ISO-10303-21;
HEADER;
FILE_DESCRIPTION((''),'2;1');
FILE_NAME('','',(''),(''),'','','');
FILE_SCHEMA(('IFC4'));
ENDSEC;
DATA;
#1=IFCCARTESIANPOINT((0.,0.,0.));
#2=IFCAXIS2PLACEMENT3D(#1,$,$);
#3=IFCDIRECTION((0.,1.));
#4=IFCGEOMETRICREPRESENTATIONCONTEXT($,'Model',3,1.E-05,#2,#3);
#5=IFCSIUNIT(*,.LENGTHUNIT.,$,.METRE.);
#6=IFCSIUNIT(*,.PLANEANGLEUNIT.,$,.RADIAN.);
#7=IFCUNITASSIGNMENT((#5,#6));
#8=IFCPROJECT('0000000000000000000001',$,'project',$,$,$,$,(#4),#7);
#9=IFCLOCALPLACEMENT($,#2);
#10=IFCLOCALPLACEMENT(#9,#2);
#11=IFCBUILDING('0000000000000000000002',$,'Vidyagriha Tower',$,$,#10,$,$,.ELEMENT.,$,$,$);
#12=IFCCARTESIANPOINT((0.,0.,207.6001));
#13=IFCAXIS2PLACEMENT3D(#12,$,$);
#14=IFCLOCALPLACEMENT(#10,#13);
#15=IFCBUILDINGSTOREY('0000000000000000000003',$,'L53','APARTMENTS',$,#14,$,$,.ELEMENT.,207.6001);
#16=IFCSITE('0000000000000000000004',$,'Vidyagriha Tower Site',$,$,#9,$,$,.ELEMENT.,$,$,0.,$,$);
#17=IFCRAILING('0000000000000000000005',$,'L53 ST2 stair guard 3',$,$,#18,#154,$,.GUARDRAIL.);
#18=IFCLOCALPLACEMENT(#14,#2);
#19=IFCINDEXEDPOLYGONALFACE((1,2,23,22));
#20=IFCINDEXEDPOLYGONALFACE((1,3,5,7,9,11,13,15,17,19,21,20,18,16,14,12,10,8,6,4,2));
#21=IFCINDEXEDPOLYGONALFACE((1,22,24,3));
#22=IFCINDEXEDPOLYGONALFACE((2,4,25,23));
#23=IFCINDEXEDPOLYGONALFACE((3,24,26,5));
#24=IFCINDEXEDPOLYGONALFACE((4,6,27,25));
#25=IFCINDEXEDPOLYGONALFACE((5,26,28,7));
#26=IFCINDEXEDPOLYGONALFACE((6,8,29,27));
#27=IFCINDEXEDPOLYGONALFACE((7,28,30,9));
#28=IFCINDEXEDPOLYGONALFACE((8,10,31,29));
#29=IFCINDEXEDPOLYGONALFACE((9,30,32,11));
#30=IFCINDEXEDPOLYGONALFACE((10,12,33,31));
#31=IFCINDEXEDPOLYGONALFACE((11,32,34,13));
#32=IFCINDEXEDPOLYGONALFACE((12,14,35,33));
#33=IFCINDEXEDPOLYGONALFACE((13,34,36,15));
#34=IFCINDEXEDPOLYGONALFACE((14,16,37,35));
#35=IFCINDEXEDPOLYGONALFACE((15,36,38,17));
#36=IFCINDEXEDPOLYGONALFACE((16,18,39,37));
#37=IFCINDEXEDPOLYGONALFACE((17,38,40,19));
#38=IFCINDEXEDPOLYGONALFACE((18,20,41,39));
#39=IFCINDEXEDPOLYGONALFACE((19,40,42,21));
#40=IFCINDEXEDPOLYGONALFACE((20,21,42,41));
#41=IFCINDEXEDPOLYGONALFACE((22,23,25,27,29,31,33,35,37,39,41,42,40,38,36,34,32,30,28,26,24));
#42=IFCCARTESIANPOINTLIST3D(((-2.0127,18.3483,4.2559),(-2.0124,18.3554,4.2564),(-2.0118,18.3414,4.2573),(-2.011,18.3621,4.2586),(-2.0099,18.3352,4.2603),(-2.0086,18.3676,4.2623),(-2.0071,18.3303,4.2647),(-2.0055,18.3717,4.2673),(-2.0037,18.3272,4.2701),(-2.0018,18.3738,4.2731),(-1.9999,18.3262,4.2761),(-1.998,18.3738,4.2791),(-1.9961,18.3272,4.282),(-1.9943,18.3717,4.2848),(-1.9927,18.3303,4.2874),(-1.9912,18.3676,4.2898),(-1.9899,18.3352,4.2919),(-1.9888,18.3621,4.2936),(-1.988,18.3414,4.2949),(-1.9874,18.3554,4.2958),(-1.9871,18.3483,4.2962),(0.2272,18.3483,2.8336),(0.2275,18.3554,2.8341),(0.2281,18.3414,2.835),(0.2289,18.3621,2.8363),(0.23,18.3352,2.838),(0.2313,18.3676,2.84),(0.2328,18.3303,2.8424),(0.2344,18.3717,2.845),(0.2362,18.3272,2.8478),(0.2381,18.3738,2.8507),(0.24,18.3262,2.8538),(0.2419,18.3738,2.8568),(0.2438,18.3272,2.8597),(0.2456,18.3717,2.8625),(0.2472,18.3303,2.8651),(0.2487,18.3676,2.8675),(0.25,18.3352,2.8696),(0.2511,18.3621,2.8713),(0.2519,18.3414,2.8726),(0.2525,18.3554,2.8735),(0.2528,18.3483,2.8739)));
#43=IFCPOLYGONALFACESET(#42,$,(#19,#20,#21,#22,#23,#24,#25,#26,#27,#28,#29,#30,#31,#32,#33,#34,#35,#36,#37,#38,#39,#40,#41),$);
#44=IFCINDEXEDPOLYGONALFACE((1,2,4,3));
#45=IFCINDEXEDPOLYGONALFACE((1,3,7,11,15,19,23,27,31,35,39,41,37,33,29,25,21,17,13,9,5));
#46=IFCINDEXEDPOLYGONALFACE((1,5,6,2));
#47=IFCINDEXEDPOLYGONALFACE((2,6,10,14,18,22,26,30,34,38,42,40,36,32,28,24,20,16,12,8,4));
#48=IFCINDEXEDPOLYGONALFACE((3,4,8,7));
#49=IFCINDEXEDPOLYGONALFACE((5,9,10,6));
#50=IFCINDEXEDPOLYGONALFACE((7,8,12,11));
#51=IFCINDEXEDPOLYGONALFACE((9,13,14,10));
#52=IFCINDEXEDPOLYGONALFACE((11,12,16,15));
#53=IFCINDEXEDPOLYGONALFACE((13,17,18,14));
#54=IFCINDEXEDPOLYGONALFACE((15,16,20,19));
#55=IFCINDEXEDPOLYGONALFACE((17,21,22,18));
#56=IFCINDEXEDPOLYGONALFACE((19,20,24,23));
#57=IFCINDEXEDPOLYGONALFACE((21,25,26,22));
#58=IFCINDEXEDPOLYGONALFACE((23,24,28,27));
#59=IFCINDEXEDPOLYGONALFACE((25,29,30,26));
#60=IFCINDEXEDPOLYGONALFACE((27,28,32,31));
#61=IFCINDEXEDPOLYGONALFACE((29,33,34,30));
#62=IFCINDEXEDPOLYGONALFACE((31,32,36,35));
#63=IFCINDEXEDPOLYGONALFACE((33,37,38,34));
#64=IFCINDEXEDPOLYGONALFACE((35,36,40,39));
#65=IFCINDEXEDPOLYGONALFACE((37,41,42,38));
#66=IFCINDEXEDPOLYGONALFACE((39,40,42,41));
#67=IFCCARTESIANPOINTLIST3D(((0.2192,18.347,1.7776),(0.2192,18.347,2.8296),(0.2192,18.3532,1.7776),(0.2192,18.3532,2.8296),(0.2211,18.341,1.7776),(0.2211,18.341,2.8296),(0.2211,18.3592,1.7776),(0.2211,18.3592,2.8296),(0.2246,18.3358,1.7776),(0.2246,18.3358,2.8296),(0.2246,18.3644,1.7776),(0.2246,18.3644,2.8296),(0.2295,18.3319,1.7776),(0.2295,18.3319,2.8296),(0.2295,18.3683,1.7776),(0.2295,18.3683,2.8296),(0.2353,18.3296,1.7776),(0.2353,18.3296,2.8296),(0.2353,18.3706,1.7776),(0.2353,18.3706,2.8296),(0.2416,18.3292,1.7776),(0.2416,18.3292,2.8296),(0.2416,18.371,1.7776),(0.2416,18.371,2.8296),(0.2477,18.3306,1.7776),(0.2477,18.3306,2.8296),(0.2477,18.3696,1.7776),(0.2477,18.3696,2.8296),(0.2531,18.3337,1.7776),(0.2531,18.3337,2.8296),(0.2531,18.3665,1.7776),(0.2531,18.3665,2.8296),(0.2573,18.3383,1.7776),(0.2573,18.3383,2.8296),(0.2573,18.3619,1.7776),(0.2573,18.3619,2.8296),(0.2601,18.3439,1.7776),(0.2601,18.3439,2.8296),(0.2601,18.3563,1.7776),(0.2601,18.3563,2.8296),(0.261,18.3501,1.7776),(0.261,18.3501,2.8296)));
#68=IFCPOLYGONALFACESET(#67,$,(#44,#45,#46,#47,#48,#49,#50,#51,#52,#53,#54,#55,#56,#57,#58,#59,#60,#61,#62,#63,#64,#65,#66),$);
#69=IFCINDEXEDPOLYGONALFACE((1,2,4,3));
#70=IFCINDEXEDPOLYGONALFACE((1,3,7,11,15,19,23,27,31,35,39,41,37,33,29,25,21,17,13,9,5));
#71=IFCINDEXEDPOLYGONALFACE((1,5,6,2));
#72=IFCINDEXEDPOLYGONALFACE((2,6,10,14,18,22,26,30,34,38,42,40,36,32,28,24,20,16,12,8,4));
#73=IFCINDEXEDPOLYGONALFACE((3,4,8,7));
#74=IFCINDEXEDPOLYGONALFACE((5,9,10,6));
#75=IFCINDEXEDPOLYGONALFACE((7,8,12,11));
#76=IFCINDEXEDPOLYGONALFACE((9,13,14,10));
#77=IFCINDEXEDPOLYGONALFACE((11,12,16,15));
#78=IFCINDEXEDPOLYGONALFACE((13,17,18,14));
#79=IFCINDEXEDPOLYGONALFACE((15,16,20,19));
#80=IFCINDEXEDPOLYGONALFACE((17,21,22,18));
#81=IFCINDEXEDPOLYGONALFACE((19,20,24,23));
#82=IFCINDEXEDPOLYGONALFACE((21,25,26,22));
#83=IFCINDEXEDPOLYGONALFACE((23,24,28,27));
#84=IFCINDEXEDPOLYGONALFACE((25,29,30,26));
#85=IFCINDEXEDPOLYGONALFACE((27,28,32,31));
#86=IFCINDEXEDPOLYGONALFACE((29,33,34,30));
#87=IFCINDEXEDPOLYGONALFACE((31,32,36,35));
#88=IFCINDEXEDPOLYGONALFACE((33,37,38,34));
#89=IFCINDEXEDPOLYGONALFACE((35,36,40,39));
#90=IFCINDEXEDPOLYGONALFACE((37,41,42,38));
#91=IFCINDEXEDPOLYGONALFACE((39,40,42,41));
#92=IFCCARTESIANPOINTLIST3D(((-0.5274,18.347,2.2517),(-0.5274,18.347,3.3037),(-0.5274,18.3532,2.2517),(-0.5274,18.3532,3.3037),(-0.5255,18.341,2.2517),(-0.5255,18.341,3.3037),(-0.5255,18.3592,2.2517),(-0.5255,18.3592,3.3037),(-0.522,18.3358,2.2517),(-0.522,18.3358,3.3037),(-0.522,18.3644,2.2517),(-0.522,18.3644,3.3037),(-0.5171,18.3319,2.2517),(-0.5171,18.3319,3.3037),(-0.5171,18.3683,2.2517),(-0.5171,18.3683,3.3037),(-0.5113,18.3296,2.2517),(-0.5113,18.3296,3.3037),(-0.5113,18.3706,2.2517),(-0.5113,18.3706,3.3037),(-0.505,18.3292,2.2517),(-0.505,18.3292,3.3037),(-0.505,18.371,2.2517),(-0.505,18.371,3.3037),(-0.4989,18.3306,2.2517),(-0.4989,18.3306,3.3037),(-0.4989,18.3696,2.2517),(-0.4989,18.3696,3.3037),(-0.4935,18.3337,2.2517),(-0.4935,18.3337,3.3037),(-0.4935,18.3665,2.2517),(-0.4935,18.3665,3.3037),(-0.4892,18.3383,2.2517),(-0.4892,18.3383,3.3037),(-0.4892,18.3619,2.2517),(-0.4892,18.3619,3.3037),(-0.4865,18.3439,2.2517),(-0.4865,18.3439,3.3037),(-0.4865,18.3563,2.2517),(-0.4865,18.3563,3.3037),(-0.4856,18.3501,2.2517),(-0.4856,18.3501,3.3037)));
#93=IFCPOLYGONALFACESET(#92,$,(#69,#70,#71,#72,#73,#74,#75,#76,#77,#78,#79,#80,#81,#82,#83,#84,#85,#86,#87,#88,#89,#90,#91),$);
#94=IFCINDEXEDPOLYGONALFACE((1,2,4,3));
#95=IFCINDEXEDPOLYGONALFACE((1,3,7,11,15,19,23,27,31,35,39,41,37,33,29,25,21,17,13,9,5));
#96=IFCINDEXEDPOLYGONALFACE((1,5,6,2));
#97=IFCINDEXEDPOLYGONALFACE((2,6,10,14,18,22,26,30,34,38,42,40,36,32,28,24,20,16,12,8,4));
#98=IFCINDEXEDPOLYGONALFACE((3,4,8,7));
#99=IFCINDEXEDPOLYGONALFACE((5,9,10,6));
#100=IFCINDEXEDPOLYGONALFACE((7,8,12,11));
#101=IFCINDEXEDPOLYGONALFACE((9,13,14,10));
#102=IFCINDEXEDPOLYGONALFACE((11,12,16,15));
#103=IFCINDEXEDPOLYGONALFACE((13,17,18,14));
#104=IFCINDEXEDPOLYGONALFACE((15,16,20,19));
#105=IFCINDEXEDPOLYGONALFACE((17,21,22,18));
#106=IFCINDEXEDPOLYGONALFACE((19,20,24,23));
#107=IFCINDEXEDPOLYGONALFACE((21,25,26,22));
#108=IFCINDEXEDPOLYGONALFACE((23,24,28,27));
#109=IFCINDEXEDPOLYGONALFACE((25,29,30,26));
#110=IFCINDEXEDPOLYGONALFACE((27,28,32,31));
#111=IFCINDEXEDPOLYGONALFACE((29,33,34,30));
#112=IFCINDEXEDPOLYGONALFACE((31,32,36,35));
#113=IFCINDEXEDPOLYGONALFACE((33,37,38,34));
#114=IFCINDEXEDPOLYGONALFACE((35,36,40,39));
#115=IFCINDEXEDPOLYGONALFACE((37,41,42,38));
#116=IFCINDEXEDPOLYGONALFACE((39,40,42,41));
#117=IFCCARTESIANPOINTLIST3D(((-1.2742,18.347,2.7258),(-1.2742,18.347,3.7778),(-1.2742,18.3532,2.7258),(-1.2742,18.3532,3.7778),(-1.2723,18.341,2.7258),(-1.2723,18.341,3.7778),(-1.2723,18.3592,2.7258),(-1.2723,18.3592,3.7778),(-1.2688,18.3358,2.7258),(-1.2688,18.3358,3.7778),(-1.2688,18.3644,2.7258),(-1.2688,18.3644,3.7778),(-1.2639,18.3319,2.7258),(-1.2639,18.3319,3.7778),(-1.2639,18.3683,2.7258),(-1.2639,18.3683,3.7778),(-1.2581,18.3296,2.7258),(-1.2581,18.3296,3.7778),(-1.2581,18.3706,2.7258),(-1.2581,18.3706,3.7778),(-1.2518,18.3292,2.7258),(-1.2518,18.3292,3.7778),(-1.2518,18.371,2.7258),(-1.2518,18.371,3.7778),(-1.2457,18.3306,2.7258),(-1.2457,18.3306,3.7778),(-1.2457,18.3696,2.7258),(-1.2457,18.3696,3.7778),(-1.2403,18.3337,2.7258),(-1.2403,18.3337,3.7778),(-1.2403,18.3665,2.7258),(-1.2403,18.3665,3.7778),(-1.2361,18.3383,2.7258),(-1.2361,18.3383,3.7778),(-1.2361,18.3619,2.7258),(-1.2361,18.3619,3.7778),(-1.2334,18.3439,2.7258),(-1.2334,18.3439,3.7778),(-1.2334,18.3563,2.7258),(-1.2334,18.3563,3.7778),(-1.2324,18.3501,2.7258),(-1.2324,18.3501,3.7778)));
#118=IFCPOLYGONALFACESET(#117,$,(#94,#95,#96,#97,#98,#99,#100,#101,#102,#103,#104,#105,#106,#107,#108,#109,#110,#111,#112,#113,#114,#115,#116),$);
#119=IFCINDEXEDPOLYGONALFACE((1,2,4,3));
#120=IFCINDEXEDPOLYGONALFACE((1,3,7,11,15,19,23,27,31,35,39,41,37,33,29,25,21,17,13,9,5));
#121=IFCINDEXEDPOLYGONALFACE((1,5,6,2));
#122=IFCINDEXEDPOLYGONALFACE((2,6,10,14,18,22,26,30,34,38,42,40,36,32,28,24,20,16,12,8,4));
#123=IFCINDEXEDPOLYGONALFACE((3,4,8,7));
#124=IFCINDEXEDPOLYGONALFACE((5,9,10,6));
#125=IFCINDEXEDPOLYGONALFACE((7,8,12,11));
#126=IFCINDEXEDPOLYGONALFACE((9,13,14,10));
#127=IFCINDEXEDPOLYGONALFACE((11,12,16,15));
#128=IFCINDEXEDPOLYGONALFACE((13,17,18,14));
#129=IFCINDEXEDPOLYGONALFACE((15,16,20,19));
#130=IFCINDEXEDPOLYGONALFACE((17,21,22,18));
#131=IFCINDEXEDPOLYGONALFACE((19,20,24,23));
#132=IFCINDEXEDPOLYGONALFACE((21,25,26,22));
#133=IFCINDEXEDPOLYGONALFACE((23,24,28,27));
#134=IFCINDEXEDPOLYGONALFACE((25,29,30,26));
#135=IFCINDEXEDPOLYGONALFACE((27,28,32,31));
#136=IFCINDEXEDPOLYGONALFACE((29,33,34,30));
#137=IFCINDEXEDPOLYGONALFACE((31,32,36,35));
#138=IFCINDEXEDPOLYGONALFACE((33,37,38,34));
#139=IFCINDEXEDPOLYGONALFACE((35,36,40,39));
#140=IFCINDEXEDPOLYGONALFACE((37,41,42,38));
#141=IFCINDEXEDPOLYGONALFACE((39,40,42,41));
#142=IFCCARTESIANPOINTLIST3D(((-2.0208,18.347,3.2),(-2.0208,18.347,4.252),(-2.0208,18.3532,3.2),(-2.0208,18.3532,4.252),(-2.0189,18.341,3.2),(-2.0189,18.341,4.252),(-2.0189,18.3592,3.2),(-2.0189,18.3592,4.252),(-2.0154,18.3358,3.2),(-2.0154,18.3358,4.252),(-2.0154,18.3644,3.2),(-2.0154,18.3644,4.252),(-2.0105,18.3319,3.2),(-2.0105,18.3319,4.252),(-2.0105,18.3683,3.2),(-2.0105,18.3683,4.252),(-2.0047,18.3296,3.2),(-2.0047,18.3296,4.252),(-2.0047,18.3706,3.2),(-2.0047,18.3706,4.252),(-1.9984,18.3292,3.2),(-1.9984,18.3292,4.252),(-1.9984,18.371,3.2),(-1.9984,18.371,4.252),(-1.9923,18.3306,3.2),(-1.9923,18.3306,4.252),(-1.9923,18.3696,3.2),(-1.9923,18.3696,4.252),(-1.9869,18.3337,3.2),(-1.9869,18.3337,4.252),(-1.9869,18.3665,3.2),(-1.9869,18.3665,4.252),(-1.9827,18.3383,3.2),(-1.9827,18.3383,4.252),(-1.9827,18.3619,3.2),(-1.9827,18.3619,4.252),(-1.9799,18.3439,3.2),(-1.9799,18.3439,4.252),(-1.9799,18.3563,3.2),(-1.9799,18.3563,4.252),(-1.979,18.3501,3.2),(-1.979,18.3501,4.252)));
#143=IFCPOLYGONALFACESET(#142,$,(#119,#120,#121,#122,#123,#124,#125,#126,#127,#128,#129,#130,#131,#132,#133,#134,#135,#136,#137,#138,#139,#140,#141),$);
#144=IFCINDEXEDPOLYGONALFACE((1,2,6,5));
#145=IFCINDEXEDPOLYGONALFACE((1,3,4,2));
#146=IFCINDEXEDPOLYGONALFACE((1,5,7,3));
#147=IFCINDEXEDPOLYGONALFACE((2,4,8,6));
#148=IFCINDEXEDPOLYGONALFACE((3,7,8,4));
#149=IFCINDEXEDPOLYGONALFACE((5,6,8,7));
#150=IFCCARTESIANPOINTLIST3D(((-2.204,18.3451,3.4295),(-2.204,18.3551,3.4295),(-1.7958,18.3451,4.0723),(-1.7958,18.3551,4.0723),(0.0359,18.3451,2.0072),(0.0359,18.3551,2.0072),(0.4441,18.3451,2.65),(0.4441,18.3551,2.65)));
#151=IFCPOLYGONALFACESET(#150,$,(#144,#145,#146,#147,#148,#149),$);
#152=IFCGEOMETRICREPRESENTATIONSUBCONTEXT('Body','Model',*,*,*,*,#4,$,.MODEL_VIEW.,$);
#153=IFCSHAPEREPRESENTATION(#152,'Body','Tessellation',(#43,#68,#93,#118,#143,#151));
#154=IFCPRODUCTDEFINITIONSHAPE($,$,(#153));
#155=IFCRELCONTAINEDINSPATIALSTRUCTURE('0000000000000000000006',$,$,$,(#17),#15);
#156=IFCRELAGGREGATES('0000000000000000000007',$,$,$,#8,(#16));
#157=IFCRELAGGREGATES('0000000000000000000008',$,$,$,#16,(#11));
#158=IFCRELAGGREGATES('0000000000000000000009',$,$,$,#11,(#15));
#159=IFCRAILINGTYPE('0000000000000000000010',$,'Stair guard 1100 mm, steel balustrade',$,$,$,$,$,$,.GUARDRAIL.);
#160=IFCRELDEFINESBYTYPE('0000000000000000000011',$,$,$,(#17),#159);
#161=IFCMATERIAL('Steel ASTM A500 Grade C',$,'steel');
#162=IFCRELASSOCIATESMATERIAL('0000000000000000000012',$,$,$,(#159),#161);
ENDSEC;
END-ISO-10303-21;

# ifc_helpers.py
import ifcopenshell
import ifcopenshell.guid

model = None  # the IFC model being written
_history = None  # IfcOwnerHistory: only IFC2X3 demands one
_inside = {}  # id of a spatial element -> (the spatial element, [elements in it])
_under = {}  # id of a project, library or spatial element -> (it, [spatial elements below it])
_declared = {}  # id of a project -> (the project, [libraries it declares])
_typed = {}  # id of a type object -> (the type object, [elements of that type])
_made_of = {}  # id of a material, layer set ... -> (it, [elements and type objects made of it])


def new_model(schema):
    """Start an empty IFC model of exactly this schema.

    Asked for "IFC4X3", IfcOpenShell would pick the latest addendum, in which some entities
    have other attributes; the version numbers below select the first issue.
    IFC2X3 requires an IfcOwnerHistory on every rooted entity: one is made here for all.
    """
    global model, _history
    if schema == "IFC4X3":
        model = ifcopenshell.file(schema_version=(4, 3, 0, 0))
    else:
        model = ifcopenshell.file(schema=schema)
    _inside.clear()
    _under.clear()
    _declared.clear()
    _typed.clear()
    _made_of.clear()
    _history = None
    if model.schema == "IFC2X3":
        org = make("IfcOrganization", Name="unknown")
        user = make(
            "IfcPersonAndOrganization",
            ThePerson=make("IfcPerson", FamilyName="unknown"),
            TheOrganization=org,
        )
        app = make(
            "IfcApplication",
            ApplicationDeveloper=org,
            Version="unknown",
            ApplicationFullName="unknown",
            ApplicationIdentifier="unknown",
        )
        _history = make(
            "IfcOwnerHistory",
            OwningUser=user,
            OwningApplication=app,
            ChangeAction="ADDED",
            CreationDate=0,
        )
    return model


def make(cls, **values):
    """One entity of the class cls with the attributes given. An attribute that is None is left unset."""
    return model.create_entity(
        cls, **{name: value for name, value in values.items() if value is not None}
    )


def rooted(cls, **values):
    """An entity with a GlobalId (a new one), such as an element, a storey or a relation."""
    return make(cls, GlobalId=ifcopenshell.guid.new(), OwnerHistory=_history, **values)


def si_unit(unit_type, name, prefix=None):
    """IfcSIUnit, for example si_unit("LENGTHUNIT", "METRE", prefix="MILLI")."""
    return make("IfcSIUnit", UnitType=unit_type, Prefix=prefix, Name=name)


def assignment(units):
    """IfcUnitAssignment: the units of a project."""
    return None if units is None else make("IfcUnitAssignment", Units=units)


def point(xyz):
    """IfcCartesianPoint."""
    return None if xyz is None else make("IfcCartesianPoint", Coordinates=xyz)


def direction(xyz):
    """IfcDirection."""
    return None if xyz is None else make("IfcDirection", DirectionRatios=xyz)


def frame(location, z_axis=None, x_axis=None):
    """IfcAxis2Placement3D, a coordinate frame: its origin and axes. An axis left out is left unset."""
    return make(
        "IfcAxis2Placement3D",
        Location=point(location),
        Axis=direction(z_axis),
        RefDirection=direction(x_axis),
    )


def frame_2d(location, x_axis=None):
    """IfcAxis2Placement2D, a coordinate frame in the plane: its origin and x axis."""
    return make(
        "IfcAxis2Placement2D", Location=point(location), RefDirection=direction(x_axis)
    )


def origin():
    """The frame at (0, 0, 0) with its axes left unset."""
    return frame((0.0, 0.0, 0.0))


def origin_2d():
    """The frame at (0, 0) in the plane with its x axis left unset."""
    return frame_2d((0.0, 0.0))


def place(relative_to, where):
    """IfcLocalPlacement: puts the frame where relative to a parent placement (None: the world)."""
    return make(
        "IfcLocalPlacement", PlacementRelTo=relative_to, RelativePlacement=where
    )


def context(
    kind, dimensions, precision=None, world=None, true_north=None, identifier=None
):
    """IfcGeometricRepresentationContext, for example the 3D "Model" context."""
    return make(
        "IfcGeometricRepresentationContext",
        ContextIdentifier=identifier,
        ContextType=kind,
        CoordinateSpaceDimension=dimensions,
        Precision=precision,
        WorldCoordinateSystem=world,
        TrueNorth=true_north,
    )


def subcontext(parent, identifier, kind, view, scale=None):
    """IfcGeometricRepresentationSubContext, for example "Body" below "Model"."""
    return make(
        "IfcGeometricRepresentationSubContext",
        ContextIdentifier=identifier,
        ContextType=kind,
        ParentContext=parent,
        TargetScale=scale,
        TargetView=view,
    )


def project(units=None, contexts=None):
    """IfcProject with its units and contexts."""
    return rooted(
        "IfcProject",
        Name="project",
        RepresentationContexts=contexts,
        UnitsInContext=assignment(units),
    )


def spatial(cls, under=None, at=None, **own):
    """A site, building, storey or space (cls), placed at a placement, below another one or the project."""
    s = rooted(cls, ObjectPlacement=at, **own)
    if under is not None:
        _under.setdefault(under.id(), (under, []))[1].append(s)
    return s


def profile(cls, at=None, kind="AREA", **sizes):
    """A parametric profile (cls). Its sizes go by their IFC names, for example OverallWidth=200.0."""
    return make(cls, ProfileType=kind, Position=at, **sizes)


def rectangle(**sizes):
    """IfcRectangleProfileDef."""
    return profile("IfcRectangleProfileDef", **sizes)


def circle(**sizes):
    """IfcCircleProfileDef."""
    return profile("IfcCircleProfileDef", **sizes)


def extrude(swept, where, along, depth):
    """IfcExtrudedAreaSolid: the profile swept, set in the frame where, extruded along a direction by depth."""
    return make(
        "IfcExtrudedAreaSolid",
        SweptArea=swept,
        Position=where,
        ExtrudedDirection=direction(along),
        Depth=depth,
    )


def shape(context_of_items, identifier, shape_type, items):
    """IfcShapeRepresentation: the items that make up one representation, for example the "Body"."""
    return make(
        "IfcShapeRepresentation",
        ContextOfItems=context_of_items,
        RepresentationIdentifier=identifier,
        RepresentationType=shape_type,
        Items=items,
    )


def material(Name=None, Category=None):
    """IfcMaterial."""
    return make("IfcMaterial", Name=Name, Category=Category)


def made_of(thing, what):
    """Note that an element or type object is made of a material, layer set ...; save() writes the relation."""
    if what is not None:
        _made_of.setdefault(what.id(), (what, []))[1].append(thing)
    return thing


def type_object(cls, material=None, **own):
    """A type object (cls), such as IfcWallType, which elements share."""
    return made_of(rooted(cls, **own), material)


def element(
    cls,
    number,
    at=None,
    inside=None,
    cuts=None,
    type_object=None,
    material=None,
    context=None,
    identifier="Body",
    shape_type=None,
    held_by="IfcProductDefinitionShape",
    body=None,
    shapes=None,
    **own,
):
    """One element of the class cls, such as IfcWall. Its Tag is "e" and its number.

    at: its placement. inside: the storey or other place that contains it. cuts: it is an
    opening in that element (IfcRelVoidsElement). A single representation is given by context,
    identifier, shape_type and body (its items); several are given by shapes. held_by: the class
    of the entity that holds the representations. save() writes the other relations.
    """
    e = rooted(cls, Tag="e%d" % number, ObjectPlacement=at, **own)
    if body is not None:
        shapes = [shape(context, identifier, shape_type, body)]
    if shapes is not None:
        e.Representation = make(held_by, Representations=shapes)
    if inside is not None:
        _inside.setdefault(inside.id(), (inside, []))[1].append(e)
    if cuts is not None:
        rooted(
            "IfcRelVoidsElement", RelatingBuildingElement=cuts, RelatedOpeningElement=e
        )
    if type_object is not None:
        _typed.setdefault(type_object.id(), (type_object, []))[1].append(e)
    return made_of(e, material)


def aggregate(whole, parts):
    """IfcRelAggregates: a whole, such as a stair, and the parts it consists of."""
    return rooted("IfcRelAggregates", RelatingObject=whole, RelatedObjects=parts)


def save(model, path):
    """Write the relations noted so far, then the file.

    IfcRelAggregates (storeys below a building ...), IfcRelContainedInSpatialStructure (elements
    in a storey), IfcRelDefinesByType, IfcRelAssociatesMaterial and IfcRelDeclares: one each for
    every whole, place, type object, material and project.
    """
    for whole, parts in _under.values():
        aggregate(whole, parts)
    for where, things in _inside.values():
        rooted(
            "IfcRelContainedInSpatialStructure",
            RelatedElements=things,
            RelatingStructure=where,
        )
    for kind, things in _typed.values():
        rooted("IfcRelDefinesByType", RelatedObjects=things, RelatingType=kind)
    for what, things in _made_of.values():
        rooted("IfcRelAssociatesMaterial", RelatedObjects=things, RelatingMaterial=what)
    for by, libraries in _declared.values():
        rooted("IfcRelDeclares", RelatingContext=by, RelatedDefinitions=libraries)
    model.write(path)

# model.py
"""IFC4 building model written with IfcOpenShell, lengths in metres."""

from ifc_helpers import new_model, si_unit, direction, frame, origin, origin_2d, place, context, subcontext, project, spatial, rectangle, circle, extrude, material, type_object, element, save


model = new_model("IFC4")

# Units and contexts
model_context = context("Model", 3, precision=1e-05, world=origin(), true_north=direction((0.0, 1.0)))
body_context = subcontext(model_context, "Body", "Model", "MODEL_VIEW")
ifc_project = project(units=[si_unit("LENGTHUNIT", "METRE"), si_unit("PLANEANGLEUNIT", "RADIAN")], contexts=[model_context])

# Site, building, storey
site_placement = place(None, origin())
site = spatial("IfcSite", under=ifc_project, at=site_placement, Name="Vidyagriha Tower Site", CompositionType="ELEMENT", RefElevation=0.0)
building_placement = place(site_placement, origin())
building = spatial("IfcBuilding", under=site, at=building_placement, Name="Vidyagriha Tower", CompositionType="ELEMENT")
storey_placement = place(building_placement, frame((0.0, 0.0, 207.6001)))
storey = spatial("IfcBuildingStorey", under=building, at=storey_placement, Name="L53", Description="APARTMENTS", CompositionType="ELEMENT", Elevation=207.6001)

# Railing
ifc_material_1 = material(Name="Steel ASTM A500 Grade C", Category="steel")
railing_type_1 = type_object("IfcRailingType", Name="Stair guard 1100 mm, steel balustrade", PredefinedType="GUARDRAIL", material=ifc_material_1)
railing_1_placement = place(storey_placement, frame((0.24, 18.3501, 1.7776)))
element("IfcRailing", 1, at=railing_1_placement, inside=storey, type_object=railing_type_1, Name="L53 ST2 stair guard 3", PredefinedType="GUARDRAIL", context=body_context, shape_type="SweptSolid", body=[
    extrude(circle(Radius=0.0239, at=origin_2d()), frame((0.0, 0.0, 1.0762), z_axis=(-0.844188, 0.0, 0.536048), x_axis=(0.0, -1.0, 0.0)), (0.0, 0.0, 1.0), 2.6533),
    extrude(circle(Radius=0.021, at=origin_2d()), origin(), (0.0, 0.0, 1.0), 1.052),
    extrude(circle(Radius=0.021, at=origin_2d()), frame((-0.7466, 0.0, 0.4741)), (0.0, 0.0, 1.0), 1.052),
    extrude(circle(Radius=0.021, at=origin_2d()), frame((-1.4934, 0.0, 0.9482)), (0.0, 0.0, 1.0), 1.052),
    extrude(circle(Radius=0.021, at=origin_2d()), frame((-2.24, 0.0, 1.4224)), (0.0, 0.0, 1.0), 1.052),
    extrude(rectangle(XDim=0.01, YDim=0.7615, at=origin_2d()), frame((0.0, 0.0, 0.551), z_axis=(-0.844188, 0.0, 0.536048), x_axis=(0.0, -1.0, 0.0)), (0.0, 0.0, 1.0), 2.6533),
])

save(model, "model.ifc")
